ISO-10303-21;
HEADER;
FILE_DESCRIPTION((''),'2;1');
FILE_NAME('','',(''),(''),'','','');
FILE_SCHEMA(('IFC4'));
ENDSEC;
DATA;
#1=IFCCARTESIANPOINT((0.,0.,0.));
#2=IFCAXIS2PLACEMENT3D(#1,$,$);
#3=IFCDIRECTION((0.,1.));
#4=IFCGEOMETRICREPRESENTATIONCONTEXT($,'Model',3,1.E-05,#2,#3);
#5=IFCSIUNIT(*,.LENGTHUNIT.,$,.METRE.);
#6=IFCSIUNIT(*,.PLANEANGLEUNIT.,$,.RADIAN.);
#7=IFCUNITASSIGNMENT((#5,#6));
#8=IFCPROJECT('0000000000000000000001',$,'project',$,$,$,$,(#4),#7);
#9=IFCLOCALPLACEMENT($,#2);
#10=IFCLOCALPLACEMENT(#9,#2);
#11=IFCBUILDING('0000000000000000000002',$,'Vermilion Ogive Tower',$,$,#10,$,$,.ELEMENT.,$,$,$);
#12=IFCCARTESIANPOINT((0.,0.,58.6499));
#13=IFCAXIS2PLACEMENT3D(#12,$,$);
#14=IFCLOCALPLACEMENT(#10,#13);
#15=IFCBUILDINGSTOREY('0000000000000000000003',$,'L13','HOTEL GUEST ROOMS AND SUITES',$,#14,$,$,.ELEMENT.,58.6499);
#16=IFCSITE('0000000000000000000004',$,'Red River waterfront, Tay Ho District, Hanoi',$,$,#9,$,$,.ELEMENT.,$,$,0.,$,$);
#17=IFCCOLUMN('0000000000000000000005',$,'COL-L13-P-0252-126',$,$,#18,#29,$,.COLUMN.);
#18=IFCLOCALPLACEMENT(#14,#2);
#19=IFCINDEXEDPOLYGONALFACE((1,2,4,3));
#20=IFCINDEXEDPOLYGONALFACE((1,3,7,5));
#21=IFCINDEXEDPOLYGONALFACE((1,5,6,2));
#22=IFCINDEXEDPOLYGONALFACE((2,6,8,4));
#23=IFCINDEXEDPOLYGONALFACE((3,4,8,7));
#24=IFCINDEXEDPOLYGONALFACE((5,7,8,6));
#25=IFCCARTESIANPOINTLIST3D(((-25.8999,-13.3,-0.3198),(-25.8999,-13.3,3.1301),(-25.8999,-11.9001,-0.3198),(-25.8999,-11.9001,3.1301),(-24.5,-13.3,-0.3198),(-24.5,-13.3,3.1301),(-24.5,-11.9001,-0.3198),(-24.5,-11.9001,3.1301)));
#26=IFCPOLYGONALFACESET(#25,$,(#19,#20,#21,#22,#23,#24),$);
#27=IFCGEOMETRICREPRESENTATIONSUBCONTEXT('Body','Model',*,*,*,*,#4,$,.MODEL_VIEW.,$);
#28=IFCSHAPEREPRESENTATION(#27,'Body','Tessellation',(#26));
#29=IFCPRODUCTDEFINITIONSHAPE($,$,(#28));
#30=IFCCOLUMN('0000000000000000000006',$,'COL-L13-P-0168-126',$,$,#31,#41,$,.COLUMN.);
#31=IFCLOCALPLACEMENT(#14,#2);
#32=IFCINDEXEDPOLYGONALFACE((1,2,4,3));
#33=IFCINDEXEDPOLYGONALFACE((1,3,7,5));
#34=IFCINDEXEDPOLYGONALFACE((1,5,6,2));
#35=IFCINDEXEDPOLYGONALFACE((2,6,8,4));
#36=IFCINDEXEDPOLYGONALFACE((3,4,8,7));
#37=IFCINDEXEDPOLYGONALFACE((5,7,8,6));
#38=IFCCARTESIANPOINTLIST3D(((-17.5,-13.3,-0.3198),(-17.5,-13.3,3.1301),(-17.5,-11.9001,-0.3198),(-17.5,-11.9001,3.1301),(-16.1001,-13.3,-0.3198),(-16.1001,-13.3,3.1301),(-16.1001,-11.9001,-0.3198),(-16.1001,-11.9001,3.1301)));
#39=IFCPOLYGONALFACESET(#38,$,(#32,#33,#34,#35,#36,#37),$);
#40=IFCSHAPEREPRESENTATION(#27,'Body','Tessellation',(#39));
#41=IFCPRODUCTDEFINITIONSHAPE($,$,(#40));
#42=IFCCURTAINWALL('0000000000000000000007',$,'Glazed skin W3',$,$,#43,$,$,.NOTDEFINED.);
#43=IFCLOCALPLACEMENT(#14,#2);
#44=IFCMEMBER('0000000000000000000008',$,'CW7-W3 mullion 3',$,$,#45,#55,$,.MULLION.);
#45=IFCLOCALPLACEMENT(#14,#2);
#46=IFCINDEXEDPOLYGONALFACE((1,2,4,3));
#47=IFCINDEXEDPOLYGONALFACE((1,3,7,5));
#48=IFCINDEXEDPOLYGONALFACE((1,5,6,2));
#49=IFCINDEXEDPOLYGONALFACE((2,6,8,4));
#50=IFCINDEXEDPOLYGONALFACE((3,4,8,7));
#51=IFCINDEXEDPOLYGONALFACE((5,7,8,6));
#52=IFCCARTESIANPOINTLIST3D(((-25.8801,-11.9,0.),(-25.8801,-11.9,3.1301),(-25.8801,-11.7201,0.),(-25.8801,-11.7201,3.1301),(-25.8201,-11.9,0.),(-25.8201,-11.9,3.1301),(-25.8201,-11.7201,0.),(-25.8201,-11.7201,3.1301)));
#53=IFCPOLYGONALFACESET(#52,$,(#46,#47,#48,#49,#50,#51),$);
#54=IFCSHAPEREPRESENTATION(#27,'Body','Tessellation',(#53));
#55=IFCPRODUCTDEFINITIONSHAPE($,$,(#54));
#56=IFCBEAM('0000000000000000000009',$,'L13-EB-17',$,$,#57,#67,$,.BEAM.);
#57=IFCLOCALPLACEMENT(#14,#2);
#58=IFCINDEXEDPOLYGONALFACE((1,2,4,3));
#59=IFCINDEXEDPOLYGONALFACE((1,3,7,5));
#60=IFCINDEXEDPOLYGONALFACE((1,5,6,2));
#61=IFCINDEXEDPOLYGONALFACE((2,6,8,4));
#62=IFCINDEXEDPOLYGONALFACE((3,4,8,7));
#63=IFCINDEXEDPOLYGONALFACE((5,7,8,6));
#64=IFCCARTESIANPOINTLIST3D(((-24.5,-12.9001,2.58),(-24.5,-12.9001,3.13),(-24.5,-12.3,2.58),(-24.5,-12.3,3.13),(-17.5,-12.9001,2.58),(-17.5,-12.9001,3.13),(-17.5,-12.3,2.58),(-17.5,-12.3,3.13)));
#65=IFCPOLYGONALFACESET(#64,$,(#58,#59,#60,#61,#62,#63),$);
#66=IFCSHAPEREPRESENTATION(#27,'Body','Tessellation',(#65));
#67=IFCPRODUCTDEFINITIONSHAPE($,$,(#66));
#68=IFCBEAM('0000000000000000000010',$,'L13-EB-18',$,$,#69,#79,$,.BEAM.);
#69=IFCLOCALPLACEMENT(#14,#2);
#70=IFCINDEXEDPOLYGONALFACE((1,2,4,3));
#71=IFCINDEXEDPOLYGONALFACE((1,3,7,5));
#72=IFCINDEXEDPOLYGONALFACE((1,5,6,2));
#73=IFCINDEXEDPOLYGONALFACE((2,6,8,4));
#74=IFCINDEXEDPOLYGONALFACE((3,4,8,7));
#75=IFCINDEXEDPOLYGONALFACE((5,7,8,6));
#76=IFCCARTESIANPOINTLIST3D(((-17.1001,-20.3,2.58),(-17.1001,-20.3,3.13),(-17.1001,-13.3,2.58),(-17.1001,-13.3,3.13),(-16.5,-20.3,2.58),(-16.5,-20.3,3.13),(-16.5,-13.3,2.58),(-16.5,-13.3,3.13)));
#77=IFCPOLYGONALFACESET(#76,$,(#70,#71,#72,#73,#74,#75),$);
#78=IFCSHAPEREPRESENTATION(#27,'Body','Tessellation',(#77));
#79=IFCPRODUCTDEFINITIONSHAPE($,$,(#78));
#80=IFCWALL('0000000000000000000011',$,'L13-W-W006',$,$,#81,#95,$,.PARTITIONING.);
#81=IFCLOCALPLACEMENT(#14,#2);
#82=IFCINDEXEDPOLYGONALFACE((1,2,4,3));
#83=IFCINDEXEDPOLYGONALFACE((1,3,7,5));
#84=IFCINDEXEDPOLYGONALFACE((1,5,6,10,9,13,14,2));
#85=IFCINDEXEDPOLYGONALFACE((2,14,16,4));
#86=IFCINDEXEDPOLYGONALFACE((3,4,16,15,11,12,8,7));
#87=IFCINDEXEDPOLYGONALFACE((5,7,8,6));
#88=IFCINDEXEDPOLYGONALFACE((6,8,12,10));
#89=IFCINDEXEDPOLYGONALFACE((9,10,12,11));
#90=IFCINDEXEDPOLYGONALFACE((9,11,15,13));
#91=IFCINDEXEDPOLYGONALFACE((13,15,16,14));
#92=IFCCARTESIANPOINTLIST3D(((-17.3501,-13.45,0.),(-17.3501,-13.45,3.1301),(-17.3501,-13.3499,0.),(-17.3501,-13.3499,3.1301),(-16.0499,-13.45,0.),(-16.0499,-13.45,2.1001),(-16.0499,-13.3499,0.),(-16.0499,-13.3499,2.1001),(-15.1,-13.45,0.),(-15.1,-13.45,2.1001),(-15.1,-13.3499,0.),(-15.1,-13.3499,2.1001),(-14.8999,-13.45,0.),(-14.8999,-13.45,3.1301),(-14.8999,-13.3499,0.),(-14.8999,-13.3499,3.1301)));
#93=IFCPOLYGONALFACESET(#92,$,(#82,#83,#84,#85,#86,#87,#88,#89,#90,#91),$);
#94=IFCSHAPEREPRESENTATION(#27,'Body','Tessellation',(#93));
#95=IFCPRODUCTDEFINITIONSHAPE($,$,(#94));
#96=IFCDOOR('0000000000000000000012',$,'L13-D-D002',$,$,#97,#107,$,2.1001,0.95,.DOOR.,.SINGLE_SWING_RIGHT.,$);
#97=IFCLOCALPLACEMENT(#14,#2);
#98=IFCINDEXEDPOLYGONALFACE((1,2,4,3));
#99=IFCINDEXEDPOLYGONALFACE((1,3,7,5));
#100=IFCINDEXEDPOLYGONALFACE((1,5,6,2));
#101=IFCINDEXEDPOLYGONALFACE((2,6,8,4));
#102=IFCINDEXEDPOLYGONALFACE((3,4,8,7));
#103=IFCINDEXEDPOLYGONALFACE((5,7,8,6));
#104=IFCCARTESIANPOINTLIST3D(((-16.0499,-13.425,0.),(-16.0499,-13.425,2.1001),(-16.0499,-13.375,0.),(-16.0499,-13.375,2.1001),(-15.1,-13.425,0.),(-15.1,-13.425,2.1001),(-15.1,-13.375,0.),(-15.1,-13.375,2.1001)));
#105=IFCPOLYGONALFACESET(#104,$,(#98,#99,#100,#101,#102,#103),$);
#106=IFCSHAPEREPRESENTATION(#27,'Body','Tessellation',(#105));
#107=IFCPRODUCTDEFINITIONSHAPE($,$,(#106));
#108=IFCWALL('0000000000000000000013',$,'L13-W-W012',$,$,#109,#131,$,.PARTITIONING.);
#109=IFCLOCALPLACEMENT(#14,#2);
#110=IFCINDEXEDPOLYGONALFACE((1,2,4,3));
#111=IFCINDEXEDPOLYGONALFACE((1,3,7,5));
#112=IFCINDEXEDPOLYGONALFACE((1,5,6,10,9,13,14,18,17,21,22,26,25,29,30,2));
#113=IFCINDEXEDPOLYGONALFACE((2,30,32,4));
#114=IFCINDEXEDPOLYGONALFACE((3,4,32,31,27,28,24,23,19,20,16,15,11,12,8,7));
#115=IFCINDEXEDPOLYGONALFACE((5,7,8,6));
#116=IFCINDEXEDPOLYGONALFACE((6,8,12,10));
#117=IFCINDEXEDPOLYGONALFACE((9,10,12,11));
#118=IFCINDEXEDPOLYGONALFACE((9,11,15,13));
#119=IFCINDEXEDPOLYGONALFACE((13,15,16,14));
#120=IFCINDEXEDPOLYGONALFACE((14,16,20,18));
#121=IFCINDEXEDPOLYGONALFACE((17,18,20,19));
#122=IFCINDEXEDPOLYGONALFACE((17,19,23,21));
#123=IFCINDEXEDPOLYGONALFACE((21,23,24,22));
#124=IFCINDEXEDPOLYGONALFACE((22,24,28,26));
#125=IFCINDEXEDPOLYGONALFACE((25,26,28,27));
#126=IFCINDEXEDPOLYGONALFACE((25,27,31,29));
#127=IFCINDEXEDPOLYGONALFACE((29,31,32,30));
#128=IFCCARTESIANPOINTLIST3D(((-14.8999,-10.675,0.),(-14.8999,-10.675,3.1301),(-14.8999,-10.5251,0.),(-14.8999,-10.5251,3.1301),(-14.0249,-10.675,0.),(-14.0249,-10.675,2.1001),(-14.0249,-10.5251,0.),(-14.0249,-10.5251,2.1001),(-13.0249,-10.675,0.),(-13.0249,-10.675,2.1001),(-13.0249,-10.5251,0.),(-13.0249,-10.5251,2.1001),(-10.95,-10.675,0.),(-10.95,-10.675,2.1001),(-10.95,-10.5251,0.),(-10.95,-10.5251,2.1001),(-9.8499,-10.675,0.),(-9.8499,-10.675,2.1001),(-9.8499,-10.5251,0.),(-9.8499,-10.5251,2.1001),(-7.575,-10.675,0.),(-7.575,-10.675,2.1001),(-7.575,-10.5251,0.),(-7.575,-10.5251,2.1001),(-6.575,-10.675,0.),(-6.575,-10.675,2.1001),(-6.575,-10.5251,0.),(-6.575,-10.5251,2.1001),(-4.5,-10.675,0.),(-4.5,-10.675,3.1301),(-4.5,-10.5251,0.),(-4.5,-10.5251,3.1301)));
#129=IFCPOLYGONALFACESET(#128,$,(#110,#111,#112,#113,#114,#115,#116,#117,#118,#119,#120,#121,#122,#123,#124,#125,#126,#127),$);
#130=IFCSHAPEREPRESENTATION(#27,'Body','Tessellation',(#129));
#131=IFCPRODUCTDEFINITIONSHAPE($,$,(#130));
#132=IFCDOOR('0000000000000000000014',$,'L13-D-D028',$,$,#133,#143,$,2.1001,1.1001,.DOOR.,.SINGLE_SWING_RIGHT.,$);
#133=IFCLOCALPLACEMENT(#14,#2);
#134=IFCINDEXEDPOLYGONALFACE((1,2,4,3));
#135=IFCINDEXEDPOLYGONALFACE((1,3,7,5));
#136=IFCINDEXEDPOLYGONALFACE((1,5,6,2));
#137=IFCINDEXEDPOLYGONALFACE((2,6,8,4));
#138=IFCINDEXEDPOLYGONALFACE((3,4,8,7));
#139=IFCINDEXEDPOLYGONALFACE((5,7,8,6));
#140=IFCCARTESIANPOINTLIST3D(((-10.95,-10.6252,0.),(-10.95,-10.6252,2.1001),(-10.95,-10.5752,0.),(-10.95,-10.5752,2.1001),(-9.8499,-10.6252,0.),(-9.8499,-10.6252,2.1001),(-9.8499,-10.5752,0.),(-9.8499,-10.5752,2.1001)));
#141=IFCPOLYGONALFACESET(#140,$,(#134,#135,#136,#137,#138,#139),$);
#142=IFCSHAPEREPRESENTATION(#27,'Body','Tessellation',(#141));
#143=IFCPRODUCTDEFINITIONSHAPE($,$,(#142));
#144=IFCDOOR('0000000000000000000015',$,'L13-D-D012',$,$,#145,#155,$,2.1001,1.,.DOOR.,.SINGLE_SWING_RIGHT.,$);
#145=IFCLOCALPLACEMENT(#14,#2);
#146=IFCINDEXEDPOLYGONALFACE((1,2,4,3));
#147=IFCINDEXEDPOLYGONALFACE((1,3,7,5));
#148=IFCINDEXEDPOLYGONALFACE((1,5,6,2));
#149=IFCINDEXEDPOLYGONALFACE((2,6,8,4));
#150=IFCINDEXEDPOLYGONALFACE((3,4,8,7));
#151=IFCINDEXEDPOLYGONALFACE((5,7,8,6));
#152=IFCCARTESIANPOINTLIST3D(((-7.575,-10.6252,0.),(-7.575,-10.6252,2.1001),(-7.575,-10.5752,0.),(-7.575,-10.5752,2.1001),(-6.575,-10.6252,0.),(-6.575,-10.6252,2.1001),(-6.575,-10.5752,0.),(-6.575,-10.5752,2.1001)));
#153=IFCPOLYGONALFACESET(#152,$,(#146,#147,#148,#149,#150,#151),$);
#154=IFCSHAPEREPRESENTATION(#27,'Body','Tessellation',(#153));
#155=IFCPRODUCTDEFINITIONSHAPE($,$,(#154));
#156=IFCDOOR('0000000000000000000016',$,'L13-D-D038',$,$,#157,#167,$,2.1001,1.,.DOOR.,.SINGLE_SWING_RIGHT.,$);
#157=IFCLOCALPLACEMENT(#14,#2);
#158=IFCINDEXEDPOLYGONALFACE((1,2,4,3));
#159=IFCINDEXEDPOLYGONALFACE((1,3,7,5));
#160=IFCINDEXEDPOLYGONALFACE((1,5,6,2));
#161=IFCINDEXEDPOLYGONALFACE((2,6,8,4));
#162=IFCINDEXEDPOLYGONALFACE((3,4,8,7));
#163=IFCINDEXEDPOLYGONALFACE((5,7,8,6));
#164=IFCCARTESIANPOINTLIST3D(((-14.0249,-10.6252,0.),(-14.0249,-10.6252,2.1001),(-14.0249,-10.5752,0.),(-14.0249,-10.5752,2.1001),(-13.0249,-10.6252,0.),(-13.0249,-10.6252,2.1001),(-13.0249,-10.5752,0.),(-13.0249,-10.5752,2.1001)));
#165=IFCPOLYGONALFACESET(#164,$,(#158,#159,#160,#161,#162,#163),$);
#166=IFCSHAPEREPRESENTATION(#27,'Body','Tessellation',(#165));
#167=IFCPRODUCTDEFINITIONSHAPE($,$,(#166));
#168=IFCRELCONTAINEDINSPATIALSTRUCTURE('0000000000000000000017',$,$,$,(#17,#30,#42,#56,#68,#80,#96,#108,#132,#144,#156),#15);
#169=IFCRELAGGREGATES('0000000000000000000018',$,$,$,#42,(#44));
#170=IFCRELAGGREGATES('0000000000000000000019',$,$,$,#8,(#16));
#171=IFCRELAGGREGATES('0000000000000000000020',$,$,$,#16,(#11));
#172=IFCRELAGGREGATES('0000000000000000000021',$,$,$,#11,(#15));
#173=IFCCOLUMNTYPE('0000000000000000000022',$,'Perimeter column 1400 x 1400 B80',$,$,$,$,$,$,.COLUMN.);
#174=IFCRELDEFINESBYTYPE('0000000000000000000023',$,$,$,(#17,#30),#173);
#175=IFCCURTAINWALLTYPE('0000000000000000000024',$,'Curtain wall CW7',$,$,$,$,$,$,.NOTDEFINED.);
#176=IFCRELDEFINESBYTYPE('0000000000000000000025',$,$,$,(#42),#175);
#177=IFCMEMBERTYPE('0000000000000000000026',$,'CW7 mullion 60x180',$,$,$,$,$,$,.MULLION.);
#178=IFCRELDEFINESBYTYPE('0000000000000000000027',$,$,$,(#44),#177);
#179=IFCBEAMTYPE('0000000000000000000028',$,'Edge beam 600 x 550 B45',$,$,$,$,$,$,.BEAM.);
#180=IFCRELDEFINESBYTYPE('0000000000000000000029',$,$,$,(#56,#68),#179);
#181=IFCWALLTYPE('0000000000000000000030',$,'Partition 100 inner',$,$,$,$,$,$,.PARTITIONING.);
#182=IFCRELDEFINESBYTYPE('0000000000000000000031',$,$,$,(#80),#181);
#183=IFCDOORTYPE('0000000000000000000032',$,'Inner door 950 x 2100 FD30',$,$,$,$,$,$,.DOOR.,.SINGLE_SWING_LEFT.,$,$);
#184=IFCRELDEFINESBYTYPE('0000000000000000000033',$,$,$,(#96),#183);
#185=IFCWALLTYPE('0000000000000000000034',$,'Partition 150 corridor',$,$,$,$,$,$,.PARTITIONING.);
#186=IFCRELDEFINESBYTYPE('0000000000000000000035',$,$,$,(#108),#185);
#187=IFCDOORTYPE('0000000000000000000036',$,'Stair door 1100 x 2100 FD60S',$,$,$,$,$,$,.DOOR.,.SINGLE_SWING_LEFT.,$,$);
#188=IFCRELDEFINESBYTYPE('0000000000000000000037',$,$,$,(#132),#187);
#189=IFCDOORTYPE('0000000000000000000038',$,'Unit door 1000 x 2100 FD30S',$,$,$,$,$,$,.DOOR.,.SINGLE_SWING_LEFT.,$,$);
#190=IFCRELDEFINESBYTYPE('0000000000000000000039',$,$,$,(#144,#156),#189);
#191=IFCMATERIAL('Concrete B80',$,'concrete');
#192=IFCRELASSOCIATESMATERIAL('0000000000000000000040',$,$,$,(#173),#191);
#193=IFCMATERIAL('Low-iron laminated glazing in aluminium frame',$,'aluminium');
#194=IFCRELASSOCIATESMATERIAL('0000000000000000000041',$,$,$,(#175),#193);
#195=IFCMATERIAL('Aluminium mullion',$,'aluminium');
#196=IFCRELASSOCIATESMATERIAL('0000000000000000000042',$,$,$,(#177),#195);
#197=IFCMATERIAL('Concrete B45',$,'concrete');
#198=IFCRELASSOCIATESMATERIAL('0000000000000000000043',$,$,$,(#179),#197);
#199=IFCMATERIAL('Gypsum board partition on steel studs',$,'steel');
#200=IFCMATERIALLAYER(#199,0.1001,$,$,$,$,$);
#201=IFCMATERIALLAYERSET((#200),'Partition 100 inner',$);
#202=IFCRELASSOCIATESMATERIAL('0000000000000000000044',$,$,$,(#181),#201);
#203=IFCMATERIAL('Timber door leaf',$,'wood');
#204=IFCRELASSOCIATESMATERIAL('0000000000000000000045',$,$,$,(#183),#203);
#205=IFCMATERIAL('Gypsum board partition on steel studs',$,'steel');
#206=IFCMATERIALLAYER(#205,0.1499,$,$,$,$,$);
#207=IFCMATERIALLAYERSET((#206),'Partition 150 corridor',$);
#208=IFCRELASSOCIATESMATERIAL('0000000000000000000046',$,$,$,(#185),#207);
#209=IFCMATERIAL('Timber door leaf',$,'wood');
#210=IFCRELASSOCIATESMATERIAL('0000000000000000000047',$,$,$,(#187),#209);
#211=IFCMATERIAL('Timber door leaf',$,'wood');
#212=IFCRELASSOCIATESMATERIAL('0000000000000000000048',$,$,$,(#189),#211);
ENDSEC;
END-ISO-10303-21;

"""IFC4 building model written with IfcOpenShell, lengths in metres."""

from ifc_helpers import new_model, si_unit, direction, frame, frame_2d, origin, origin_2d, place, context, subcontext, project, spatial, rectangle, extrude, material, layer, layer_set, material_profile, profile_set, type_object, element, fill, aggregate, save


model = new_model("IFC4")

# Units and contexts
model_context = context("Model", 3, precision=1e-05, world=origin(), true_north=direction((0.0, 1.0)))
body_context = subcontext(model_context, "Body", "Model", "MODEL_VIEW")
ifc_project = project(units=[si_unit("LENGTHUNIT", "METRE"), si_unit("PLANEANGLEUNIT", "RADIAN")], contexts=[model_context])

# Site, building, storey
site_placement = place(None, origin())
site = spatial("IfcSite", under=ifc_project, at=site_placement, Name="Red River waterfront, Tay Ho District, Hanoi", CompositionType="ELEMENT", RefElevation=0.0)
building_placement = place(site_placement, origin())
building = spatial("IfcBuilding", under=site, at=building_placement, Name="Vermilion Ogive Tower", CompositionType="ELEMENT")
storey_placement = place(building_placement, frame((0.0, 0.0, 58.6499)))
storey = spatial("IfcBuildingStorey", under=building, at=storey_placement, Name="L13", Description="HOTEL GUEST ROOMS AND SUITES", CompositionType="ELEMENT", Elevation=58.6499)

# Columns
ifc_material_1 = material(Name="Concrete B80", Category="concrete")
ifc_material_profile_1 = material_profile(ifc_material_1, rectangle(XDim=1.3999, YDim=1.3999, at=origin_2d()), Name="1400 x 1400")
ifc_profile_set_1 = profile_set([ifc_material_profile_1], Name="Concrete B80")
column_type = type_object("IfcColumnType", Name="Perimeter column 1400 x 1400 B80", PredefinedType="COLUMN", material=ifc_profile_set_1)
for number, where, z_axis, x_axis, name in (
    (1, (-25.2, -12.6001, -0.3198), (0.0, 0.0, 1.0), (1.0, 0.0, 0.0), "COL-L13-P-0252-126"),
    (2, (-16.8, -12.6001, -0.3198), (0.0, 0.0, 1.0), (1.0, 0.0, 0.0), "COL-L13-P-0168-126"),
):
    element("IfcColumn", number, at=place(storey_placement, frame(where, z_axis=z_axis, x_axis=x_axis)), inside=storey, type_object=column_type, Name=name, PredefinedType="COLUMN", context=body_context, shape_type="SweptSolid", body=[
        extrude(rectangle(XDim=1.3999, YDim=1.3999, at=origin_2d()), origin(), (0.0, 0.0, 1.0), 3.45),
    ])

# Curtain wall, member
ifc_material_2 = material(Name="Low-iron laminated glazing in aluminium frame", Category="aluminium")
curtain_wall_type = type_object("IfcCurtainWallType", Name="Curtain wall CW7", PredefinedType="NOTDEFINED", material=ifc_material_2)
curtain_wall_placement = place(storey_placement, origin())
curtain_wall = element("IfcCurtainWall", 3, at=curtain_wall_placement, inside=storey, type_object=curtain_wall_type, Name="Glazed skin W3", PredefinedType="NOTDEFINED")
ifc_material_3 = material(Name="Aluminium mullion", Category="aluminium")
ifc_material_profile_2 = material_profile(ifc_material_3, rectangle(XDim=0.0601, YDim=0.1799, at=origin_2d()), Name="AL 60x180")
ifc_profile_set_2 = profile_set([ifc_material_profile_2], Name="Aluminium mullion")
member_type = type_object("IfcMemberType", Name="CW7 mullion 60x180", PredefinedType="MULLION", material=ifc_profile_set_2)
member_placement = place(storey_placement, frame((-25.8501, -11.8101, 0.0), z_axis=(0.0, 0.0, 1.0), x_axis=(1.0, 0.0, 0.0)))
member = element("IfcMember", 4, at=member_placement, type_object=member_type, Name="CW7-W3 mullion 3", PredefinedType="MULLION", context=body_context, shape_type="SweptSolid", body=[
    extrude(rectangle(XDim=0.0601, YDim=0.1799, at=origin_2d()), origin(), (0.0, 0.0, 1.0), 3.1301),
])
aggregate(curtain_wall, [member])

# Beams
ifc_material_4 = material(Name="Concrete B45", Category="concrete")
ifc_material_profile_3 = material_profile(ifc_material_4, rectangle(XDim=0.6001, YDim=0.55, at=origin_2d()), Name="600 x 550")
ifc_profile_set_3 = profile_set([ifc_material_profile_3], Name="Concrete B45")
beam_type = type_object("IfcBeamType", Name="Edge beam 600 x 550 B45", PredefinedType="BEAM", material=ifc_profile_set_3)
for number, where, z_axis, x_axis, name in (
    (5, (-24.5, -12.6001, 2.855), (1.0, 0.0, 0.0), (0.0, 1.0, 0.0), "L13-EB-17"),
    (6, (-16.8, -13.3, 2.855), (0.0, -1.0, 0.0), (1.0, 0.0, 0.0), "L13-EB-18"),
):
    element("IfcBeam", number, at=place(storey_placement, frame(where, z_axis=z_axis, x_axis=x_axis)), inside=storey, type_object=beam_type, Name=name, PredefinedType="BEAM", context=body_context, shape_type="SweptSolid", body=[
        extrude(rectangle(XDim=0.6001, YDim=0.55, at=origin_2d()), origin(), (0.0, 0.0, 1.0), 7.0),
    ])

# Wall, opening, door
ifc_material_5 = material(Name="Gypsum board partition on steel studs", Category="steel")
ifc_layer_1 = layer(ifc_material_5, 0.1001)
ifc_layer_set_1 = layer_set([ifc_layer_1], Name="Partition 100 inner")
wall_type_1 = type_object("IfcWallType", Name="Partition 100 inner", PredefinedType="PARTITIONING", material=ifc_layer_set_1)
wall_1_placement = place(storey_placement, frame((-17.3501, -13.3999, 0.0), z_axis=(0.0, 0.0, 1.0), x_axis=(1.0, 0.0, 0.0)))
wall_1 = element("IfcWall", 7, at=wall_1_placement, inside=storey, type_object=wall_type_1, Name="L13-W-W006", PredefinedType="PARTITIONING", context=body_context, shape_type="SweptSolid", body=[
    extrude(rectangle(XDim=2.4502, YDim=0.1001, at=frame_2d((1.2251, 0.0))), origin(), (0.0, 0.0, 1.0), 3.1301),
])
opening_1_placement = place(wall_1_placement, frame((1.3, 0.0, 0.0)))
opening_1 = element("IfcOpeningElement", 8, at=opening_1_placement, cuts=wall_1, PredefinedType="OPENING", context=body_context, shape_type="SweptSolid", body=[
    extrude(rectangle(XDim=0.95, YDim=2.1001, at=frame_2d((0.4751, 1.05))), frame((0.0, 0.0601, 0.0), z_axis=(0.0, -1.0, 0.0), x_axis=(1.0, 0.0, 0.0)), (0.0, 0.0, 1.0), 0.1201),
])
ifc_material_6 = material(Name="Timber door leaf", Category="wood")
door_type_1 = type_object("IfcDoorType", Name="Inner door 950 x 2100 FD30", OperationType="SINGLE_SWING_LEFT", PredefinedType="DOOR", material=ifc_material_6)
door_1_placement = place(opening_1_placement, origin())
door_1 = element("IfcDoor", 9, at=door_1_placement, inside=storey, type_object=door_type_1, Name="L13-D-D002", OperationType="SINGLE_SWING_RIGHT", OverallHeight=2.1001, OverallWidth=0.95, PredefinedType="DOOR", context=body_context, shape_type="SweptSolid", body=[
    extrude(rectangle(XDim=0.95, YDim=2.1001, at=frame_2d((0.4751, 1.05))), frame((0.0, 0.0249, 0.0), z_axis=(0.0, -1.0, 0.0), x_axis=(1.0, 0.0, 0.0)), (0.0, 0.0, 1.0), 0.05),
])
fill(opening_1, door_1)

# Wall, openings, doors
ifc_material_7 = material(Name="Gypsum board partition on steel studs", Category="steel")
ifc_layer_2 = layer(ifc_material_7, 0.1499)
ifc_layer_set_2 = layer_set([ifc_layer_2], Name="Partition 150 corridor")
wall_type_2 = type_object("IfcWallType", Name="Partition 150 corridor", PredefinedType="PARTITIONING", material=ifc_layer_set_2)
wall_2_placement = place(storey_placement, frame((-14.8999, -10.6001, 0.0), z_axis=(0.0, 0.0, 1.0), x_axis=(1.0, 0.0, 0.0)))
wall_2 = element("IfcWall", 10, at=wall_2_placement, inside=storey, type_object=wall_type_2, Name="L13-W-W012", PredefinedType="PARTITIONING", context=body_context, shape_type="SweptSolid", body=[
    extrude(rectangle(XDim=10.3999, YDim=0.1499, at=frame_2d((5.2, 0.0))), origin(), (0.0, 0.0, 1.0), 3.1301),
])
opening_2_placement = place(wall_2_placement, frame((7.325, 0.0, 0.0)))
opening_2 = element("IfcOpeningElement", 11, at=opening_2_placement, cuts=wall_2, PredefinedType="OPENING", context=body_context, shape_type="SweptSolid", body=[
    extrude(rectangle(XDim=1.0, YDim=2.1001, at=frame_2d((0.5, 1.05))), frame((0.0, 0.085, 0.0), z_axis=(0.0, -1.0, 0.0), x_axis=(1.0, 0.0, 0.0)), (0.0, 0.0, 1.0), 0.1699),
])
opening_3_placement = place(wall_2_placement, frame((3.95, 0.0, 0.0)))
opening_3 = element("IfcOpeningElement", 12, at=opening_3_placement, cuts=wall_2, PredefinedType="OPENING", context=body_context, shape_type="SweptSolid", body=[
    extrude(rectangle(XDim=1.1001, YDim=2.1001, at=frame_2d((0.55, 1.05))), frame((0.0, 0.085, 0.0), z_axis=(0.0, -1.0, 0.0), x_axis=(1.0, 0.0, 0.0)), (0.0, 0.0, 1.0), 0.1699),
])
opening_4_placement = place(wall_2_placement, frame((0.875, 0.0, 0.0)))
opening_4 = element("IfcOpeningElement", 13, at=opening_4_placement, cuts=wall_2, PredefinedType="OPENING", context=body_context, shape_type="SweptSolid", body=[
    extrude(rectangle(XDim=1.0, YDim=2.1001, at=frame_2d((0.5, 1.05))), frame((0.0, 0.085, 0.0), z_axis=(0.0, -1.0, 0.0), x_axis=(1.0, 0.0, 0.0)), (0.0, 0.0, 1.0), 0.1699),
])
ifc_material_8 = material(Name="Timber door leaf", Category="wood")
door_type_2 = type_object("IfcDoorType", Name="Stair door 1100 x 2100 FD60S", OperationType="SINGLE_SWING_LEFT", PredefinedType="DOOR", material=ifc_material_8)
door_2_placement = place(opening_3_placement, origin())
door_2 = element("IfcDoor", 14, at=door_2_placement, inside=storey, type_object=door_type_2, Name="L13-D-D028", OperationType="SINGLE_SWING_RIGHT", OverallHeight=2.1001, OverallWidth=1.1001, PredefinedType="DOOR", context=body_context, shape_type="SweptSolid", body=[
    extrude(rectangle(XDim=1.1001, YDim=2.1001, at=frame_2d((0.55, 1.05))), frame((0.0, 0.0249, 0.0), z_axis=(0.0, -1.0, 0.0), x_axis=(1.0, 0.0, 0.0)), (0.0, 0.0, 1.0), 0.05),
])
fill(opening_3, door_2)
ifc_material_9 = material(Name="Timber door leaf", Category="wood")
door_type_3 = type_object("IfcDoorType", Name="Unit door 1000 x 2100 FD30S", OperationType="SINGLE_SWING_LEFT", PredefinedType="DOOR", material=ifc_material_9)
door_3_placement = place(opening_2_placement, origin())
door_3 = element("IfcDoor", 15, at=door_3_placement, inside=storey, type_object=door_type_3, Name="L13-D-D012", OperationType="SINGLE_SWING_RIGHT", OverallHeight=2.1001, OverallWidth=1.0, PredefinedType="DOOR", context=body_context, shape_type="SweptSolid", body=[
    extrude(rectangle(XDim=1.0, YDim=2.1001, at=frame_2d((0.5, 1.05))), frame((0.0, 0.0249, 0.0), z_axis=(0.0, -1.0, 0.0), x_axis=(1.0, 0.0, 0.0)), (0.0, 0.0, 1.0), 0.05),
])
fill(opening_2, door_3)
door_4_placement = place(opening_4_placement, origin())
door_4 = element("IfcDoor", 16, at=door_4_placement, inside=storey, type_object=door_type_3, Name="L13-D-D038", OperationType="SINGLE_SWING_RIGHT", OverallHeight=2.1001, OverallWidth=1.0, PredefinedType="DOOR", context=body_context, shape_type="SweptSolid", body=[
    extrude(rectangle(XDim=1.0, YDim=2.1001, at=frame_2d((0.5, 1.05))), frame((0.0, 0.0249, 0.0), z_axis=(0.0, -1.0, 0.0), x_axis=(1.0, 0.0, 0.0)), (0.0, 0.0, 1.0), 0.05),
])
fill(opening_4, door_4)

save(model, "model.ifc")
